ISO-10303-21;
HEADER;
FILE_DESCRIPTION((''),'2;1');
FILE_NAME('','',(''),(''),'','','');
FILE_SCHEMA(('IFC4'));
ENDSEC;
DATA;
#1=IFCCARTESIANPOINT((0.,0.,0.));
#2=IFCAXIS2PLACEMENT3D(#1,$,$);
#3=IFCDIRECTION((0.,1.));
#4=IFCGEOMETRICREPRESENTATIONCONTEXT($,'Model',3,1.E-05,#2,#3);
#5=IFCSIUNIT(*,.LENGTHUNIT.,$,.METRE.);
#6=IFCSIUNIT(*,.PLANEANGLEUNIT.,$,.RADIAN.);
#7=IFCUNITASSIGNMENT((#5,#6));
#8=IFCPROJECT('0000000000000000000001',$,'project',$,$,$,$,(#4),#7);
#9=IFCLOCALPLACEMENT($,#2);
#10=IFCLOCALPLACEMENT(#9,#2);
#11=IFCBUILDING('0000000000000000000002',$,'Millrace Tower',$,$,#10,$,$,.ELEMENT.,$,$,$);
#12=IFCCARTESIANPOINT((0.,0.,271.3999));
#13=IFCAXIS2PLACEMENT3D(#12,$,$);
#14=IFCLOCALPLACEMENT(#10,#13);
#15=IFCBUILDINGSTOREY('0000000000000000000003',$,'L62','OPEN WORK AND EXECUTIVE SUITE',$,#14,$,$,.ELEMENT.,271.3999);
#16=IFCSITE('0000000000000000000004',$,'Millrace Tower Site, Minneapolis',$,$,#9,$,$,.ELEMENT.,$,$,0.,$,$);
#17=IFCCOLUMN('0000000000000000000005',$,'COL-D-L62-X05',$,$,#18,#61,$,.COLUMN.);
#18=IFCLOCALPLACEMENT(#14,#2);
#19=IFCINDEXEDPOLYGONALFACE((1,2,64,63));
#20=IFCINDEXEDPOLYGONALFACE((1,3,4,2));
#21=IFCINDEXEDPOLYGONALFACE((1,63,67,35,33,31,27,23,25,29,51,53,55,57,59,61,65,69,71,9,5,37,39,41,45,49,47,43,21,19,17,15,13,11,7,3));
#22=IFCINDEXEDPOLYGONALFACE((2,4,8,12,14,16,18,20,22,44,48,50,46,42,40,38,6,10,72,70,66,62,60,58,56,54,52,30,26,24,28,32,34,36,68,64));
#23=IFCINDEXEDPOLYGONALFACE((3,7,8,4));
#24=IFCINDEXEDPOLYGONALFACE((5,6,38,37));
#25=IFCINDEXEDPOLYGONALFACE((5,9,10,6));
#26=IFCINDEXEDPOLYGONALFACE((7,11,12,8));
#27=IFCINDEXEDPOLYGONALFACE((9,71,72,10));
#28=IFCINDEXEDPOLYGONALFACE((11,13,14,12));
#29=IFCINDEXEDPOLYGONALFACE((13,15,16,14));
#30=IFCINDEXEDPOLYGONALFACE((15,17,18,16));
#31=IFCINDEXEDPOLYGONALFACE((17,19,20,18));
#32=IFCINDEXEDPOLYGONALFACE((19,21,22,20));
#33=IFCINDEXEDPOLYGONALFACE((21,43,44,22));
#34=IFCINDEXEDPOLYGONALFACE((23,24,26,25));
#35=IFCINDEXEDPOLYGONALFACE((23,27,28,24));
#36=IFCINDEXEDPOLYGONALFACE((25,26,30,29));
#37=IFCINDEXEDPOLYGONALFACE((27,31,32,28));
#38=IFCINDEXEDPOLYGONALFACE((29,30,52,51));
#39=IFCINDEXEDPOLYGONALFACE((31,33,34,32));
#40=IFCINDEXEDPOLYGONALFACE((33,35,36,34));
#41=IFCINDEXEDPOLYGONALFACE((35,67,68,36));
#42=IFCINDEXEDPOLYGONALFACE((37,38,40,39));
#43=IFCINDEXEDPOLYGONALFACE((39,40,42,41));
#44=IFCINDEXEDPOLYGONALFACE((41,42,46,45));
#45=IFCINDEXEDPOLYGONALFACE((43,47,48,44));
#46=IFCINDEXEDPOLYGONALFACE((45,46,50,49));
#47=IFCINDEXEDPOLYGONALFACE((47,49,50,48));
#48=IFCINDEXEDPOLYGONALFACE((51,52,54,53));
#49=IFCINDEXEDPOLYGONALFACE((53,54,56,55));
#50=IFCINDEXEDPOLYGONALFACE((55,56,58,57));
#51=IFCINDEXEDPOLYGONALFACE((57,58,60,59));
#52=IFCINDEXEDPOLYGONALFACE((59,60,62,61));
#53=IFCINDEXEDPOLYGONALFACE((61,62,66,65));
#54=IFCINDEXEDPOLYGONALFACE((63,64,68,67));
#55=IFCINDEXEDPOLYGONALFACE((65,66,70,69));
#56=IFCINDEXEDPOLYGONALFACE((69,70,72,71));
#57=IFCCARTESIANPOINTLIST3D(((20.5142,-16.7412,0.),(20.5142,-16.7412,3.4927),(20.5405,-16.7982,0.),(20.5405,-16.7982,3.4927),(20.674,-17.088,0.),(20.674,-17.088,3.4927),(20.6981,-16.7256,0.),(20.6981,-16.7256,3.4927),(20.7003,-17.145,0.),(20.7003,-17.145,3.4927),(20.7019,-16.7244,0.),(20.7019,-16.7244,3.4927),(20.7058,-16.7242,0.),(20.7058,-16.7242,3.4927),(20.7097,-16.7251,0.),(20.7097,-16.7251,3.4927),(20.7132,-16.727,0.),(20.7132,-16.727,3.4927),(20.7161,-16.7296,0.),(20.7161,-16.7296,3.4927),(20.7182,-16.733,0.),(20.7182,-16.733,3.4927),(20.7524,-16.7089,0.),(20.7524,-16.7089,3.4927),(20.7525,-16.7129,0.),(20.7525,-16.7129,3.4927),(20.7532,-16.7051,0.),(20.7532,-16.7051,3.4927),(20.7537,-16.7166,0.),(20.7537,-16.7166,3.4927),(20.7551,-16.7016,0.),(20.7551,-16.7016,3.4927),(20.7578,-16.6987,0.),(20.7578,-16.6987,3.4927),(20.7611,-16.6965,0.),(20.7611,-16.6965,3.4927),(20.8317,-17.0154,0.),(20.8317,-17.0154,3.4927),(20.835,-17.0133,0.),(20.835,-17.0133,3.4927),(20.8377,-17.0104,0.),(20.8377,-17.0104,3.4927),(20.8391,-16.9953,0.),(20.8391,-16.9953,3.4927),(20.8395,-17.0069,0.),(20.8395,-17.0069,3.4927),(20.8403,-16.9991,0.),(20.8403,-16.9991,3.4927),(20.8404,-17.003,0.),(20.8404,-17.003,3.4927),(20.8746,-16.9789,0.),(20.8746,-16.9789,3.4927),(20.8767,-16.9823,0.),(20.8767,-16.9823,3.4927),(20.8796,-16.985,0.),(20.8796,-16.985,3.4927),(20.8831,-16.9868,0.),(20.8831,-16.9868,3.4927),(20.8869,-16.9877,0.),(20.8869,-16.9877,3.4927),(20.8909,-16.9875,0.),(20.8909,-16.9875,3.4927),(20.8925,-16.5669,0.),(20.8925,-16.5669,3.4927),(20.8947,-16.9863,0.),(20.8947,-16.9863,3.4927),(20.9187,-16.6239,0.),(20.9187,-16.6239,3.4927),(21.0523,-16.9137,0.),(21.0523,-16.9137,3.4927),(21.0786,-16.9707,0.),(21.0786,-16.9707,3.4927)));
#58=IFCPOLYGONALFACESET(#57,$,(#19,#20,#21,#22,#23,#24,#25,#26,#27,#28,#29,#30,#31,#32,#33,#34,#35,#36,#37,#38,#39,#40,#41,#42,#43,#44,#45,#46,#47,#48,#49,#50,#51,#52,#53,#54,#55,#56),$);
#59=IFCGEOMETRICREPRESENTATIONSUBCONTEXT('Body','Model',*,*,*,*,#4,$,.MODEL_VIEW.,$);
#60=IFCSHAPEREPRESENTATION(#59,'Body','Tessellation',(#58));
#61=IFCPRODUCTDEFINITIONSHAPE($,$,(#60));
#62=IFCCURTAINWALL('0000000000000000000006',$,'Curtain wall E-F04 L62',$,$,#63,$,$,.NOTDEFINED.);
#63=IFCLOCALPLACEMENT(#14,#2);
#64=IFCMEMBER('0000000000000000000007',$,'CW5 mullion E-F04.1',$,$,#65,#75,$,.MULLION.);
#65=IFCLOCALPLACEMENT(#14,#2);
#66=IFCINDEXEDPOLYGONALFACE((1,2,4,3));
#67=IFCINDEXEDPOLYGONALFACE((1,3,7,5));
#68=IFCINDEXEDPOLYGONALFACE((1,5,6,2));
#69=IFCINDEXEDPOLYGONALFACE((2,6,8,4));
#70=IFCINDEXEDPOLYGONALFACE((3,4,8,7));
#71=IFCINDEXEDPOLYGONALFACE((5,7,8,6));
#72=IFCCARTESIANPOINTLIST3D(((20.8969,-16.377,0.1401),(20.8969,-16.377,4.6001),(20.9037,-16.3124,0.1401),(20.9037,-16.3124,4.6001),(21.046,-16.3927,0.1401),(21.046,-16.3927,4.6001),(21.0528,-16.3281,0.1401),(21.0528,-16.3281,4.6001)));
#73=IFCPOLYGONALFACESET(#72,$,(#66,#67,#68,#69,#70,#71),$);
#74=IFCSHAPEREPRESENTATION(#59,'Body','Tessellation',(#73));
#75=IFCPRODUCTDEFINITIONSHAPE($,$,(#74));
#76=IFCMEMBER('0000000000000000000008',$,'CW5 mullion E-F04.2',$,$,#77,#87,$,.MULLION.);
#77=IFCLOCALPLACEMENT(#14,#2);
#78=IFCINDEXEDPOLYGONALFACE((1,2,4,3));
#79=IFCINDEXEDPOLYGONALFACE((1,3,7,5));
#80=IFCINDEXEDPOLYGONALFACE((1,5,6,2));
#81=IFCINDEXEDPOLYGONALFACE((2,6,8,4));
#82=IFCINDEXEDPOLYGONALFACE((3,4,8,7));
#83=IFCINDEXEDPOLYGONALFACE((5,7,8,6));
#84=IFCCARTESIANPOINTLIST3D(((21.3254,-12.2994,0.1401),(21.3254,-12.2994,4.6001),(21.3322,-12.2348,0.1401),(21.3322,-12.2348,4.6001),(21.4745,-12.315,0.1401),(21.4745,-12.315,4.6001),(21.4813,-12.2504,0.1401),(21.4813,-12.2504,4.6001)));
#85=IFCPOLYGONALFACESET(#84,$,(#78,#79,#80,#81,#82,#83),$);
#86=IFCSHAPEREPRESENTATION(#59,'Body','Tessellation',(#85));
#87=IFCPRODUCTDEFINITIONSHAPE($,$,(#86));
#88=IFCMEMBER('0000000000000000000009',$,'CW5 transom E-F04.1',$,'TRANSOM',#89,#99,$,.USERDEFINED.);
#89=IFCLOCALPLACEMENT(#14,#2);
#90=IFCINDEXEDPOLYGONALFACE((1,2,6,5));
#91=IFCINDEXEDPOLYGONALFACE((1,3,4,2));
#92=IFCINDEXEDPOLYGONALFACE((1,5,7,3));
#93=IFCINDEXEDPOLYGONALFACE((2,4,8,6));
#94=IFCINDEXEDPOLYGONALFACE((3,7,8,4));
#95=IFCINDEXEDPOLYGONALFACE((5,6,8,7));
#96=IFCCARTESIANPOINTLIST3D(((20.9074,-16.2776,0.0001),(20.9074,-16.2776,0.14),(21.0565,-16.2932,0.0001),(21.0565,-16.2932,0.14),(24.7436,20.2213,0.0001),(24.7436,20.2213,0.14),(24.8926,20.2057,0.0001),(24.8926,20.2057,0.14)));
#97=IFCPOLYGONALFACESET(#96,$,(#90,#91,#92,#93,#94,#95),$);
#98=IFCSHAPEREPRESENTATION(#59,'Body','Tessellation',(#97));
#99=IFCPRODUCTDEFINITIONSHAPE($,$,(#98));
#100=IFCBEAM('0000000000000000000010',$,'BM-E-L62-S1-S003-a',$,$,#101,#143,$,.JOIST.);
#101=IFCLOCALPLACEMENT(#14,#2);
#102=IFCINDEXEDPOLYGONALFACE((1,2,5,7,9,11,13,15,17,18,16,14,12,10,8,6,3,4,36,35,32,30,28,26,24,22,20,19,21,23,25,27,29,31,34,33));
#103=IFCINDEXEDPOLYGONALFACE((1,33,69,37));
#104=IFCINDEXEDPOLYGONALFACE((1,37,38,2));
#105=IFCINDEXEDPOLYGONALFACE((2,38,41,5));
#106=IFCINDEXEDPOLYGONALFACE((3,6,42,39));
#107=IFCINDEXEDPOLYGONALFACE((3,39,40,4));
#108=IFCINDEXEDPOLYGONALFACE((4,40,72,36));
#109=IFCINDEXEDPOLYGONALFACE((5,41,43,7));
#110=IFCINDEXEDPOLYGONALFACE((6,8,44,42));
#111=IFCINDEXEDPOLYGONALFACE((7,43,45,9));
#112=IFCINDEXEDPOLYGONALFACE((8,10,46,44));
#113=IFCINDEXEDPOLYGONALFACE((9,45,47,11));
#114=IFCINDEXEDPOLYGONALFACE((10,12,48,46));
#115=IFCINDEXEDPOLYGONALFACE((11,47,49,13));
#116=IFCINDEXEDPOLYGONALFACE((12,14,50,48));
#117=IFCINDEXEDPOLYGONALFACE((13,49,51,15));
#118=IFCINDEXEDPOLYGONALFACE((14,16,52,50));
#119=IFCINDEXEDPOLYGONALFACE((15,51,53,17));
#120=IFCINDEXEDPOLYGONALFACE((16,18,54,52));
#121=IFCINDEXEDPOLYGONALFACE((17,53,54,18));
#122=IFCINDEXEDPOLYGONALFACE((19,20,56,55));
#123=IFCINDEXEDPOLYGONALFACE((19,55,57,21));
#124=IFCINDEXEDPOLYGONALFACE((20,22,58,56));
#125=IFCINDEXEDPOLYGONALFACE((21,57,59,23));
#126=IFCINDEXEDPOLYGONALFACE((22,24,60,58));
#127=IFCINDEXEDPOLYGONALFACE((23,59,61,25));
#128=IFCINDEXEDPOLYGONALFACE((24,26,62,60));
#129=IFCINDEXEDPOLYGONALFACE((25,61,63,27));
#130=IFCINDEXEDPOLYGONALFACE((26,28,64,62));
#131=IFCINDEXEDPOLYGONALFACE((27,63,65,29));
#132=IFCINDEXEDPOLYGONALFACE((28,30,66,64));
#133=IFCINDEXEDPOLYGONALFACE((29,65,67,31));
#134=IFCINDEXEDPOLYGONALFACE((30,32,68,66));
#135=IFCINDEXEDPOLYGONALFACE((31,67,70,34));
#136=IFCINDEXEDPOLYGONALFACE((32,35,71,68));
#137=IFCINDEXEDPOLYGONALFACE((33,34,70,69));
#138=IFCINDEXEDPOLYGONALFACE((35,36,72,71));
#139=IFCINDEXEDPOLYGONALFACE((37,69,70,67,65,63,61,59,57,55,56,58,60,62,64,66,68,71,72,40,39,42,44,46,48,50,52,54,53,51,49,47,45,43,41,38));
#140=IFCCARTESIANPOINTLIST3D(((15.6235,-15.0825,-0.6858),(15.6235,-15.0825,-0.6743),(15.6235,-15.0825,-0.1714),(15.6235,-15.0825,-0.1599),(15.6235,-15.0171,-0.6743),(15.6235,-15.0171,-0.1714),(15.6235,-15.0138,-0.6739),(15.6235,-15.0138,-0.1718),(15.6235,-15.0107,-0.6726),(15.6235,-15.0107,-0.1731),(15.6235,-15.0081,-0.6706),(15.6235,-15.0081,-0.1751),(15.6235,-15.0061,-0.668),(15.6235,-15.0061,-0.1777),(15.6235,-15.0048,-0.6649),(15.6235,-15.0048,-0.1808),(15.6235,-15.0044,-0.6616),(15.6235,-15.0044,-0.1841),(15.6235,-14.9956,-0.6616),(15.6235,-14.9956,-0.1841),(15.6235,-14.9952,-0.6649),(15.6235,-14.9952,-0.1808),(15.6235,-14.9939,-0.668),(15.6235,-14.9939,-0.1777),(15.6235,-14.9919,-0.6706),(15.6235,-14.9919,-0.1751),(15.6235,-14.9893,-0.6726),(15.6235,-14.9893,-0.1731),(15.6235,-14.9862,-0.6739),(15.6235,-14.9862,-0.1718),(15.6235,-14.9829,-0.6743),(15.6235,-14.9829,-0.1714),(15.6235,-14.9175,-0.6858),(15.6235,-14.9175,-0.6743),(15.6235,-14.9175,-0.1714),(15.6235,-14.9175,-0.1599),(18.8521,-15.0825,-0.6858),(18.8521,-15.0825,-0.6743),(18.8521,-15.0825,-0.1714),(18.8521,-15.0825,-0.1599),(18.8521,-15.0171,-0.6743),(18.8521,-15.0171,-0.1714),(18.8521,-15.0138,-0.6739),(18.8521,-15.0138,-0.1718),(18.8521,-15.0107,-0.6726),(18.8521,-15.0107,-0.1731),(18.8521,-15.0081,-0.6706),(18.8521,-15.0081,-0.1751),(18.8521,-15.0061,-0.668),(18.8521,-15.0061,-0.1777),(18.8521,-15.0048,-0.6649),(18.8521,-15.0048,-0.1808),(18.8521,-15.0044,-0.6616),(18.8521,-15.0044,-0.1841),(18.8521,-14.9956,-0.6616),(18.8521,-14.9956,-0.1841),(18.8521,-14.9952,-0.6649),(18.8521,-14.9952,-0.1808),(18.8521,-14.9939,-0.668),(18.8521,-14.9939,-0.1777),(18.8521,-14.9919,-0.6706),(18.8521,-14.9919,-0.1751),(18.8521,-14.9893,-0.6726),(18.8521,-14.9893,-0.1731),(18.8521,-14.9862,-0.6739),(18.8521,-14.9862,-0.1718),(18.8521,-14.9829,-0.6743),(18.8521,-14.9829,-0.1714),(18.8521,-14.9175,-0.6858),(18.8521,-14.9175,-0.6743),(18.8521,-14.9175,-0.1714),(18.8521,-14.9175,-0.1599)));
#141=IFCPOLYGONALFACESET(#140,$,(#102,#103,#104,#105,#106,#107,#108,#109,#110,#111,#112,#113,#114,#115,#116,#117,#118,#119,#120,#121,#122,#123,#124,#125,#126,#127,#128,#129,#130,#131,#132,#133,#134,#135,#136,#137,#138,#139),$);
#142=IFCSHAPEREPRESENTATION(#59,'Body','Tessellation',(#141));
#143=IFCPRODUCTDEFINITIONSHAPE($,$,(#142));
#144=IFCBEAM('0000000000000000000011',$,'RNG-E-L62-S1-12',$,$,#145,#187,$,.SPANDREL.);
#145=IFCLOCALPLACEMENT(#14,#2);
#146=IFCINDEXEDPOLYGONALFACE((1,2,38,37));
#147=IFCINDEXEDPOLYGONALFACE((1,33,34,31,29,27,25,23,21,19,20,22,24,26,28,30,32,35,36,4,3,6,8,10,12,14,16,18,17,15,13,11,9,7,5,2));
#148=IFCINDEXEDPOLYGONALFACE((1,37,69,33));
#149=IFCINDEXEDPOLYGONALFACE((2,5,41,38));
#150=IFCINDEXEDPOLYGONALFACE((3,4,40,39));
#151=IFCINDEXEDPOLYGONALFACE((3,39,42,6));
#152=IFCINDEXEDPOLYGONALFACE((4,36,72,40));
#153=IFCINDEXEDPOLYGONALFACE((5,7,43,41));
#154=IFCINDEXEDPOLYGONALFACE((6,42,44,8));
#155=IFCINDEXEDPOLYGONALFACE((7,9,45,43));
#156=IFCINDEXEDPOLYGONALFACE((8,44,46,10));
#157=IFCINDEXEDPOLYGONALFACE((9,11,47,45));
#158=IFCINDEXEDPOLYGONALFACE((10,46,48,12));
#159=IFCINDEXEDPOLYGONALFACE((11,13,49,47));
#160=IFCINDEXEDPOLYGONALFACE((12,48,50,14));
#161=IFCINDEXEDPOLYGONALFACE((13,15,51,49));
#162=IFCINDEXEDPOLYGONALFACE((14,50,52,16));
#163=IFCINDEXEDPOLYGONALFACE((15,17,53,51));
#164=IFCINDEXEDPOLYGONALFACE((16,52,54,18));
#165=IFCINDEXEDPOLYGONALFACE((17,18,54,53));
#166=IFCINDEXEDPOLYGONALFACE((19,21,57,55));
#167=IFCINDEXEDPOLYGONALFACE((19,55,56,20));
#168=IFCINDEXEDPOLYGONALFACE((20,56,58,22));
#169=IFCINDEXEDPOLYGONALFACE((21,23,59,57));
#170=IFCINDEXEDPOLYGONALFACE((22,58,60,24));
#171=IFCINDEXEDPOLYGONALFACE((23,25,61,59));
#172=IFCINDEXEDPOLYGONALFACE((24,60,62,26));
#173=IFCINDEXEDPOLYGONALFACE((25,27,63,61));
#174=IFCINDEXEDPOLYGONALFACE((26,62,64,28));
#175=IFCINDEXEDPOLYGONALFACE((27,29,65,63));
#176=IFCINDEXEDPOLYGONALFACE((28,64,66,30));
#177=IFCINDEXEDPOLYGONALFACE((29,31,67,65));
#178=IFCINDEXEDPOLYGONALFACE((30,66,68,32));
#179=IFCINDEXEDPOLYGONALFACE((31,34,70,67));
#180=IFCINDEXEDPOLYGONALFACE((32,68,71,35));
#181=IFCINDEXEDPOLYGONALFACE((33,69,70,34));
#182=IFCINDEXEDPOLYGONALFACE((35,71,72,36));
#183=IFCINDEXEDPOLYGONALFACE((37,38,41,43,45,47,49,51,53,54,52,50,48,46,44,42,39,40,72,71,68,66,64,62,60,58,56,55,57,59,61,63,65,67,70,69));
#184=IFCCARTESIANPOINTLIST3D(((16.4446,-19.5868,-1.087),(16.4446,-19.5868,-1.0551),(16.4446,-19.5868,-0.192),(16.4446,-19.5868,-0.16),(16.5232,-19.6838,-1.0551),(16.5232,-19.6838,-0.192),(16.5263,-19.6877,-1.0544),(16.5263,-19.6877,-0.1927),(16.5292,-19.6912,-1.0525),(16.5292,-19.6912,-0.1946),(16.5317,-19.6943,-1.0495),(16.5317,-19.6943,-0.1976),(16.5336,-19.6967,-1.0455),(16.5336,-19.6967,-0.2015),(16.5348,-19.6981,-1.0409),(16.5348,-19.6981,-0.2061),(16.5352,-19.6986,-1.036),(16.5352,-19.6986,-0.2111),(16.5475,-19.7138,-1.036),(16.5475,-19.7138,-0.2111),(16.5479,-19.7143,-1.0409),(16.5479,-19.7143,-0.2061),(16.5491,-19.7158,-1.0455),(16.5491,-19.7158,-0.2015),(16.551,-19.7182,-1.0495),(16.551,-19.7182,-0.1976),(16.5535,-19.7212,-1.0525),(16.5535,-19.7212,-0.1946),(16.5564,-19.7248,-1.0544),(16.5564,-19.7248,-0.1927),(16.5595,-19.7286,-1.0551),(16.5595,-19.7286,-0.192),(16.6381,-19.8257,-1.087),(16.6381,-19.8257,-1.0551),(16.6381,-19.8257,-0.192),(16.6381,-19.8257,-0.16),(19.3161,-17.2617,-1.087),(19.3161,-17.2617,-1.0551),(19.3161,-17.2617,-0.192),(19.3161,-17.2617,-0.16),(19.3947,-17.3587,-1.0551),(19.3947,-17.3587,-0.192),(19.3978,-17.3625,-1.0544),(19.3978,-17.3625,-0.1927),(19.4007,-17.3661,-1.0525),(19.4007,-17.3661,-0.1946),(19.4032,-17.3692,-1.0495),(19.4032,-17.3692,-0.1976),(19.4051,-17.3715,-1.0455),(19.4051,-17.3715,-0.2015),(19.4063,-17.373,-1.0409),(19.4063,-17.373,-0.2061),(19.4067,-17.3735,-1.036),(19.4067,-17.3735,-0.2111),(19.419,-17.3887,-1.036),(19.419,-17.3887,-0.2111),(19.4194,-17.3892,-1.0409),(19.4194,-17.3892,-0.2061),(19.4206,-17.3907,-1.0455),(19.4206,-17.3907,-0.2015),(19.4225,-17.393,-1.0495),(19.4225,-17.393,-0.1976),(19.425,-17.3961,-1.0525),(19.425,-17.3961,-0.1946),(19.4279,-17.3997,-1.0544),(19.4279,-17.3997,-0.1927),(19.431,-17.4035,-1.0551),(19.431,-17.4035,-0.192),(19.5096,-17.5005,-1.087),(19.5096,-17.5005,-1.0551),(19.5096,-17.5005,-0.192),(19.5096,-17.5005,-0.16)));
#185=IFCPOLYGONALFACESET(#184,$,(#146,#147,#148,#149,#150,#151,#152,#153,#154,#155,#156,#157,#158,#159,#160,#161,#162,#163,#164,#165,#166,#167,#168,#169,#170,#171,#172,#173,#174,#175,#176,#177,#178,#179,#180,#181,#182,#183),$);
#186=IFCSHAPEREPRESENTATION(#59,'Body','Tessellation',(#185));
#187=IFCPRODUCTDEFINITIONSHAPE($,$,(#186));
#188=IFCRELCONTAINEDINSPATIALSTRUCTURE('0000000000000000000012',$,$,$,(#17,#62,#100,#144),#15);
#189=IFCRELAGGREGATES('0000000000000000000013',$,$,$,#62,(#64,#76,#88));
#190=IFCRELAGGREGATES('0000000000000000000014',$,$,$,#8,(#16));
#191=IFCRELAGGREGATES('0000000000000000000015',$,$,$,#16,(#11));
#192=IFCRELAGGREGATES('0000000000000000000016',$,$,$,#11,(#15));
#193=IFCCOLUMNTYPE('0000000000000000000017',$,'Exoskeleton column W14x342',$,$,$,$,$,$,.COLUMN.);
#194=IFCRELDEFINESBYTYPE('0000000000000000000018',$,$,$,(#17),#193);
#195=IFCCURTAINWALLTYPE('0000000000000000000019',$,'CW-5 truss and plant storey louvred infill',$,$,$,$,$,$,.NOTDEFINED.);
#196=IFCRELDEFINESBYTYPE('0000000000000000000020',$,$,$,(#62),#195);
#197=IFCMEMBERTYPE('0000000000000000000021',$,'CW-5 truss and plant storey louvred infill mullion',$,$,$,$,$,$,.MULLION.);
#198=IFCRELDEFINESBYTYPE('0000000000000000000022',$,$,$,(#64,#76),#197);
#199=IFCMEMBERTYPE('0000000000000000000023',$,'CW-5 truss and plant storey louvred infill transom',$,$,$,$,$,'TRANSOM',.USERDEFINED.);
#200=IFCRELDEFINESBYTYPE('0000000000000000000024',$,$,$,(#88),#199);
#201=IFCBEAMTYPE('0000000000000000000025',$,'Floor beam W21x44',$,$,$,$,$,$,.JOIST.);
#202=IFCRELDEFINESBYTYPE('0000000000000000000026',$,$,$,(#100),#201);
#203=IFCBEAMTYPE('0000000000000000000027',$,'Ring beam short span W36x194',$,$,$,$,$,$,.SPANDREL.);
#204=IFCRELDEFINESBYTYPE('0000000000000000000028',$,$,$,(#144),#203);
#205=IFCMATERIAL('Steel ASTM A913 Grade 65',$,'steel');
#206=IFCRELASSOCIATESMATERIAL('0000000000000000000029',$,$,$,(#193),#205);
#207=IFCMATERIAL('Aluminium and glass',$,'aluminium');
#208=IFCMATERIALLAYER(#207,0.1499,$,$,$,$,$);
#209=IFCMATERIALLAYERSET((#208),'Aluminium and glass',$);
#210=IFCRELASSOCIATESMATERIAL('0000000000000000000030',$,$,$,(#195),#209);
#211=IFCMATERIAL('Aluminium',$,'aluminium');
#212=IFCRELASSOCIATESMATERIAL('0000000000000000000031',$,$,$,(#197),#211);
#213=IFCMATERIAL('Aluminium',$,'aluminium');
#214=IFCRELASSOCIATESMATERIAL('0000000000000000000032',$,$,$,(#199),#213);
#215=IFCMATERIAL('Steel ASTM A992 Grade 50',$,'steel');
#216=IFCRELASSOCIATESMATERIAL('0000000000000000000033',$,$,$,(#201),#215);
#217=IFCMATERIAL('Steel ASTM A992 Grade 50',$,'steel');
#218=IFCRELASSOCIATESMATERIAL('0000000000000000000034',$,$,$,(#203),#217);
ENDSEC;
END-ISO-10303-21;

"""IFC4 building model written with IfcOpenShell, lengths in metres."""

from ifc_helpers import new_model, si_unit, direction, frame, origin, origin_2d, place, context, subcontext, project, spatial, rectangle, i_section, extrude, material, layer, layer_set, material_profile, profile_set, type_object, element, aggregate, save


model = new_model("IFC4")

# Units and contexts
model_context = context("Model", 3, precision=1e-05, world=origin(), true_north=direction((0.0, 1.0)))
body_context = subcontext(model_context, "Body", "Model", "MODEL_VIEW")
ifc_project = project(units=[si_unit("LENGTHUNIT", "METRE"), si_unit("PLANEANGLEUNIT", "RADIAN")], contexts=[model_context])

# Site, building, storey
site_placement = place(None, origin())
site = spatial("IfcSite", under=ifc_project, at=site_placement, Name="Millrace Tower Site, Minneapolis", CompositionType="ELEMENT", RefElevation=0.0)
building_placement = place(site_placement, origin())
building = spatial("IfcBuilding", under=site, at=building_placement, Name="Millrace Tower", CompositionType="ELEMENT")
storey_placement = place(building_placement, frame((0.0, 0.0, 271.3999)))
storey = spatial("IfcBuildingStorey", under=building, at=storey_placement, Name="L62", Description="OPEN WORK AND EXECUTIVE SUITE", CompositionType="ELEMENT", Elevation=271.3999)

# Column
ifc_material_1 = material(Name="Steel ASTM A913 Grade 65", Category="steel")
ifc_material_profile_1 = material_profile(ifc_material_1, i_section(OverallWidth=0.4165, OverallDepth=0.4446, WebThickness=0.0391, FlangeThickness=0.0627, FilletRadius=0.0151, at=origin_2d()))
ifc_profile_set_1 = profile_set([ifc_material_profile_1], Name="Steel ASTM A913 Grade 65")
column_type = type_object("IfcColumnType", Name="Exoskeleton column W14x342", PredefinedType="COLUMN", material=ifc_profile_set_1)
column_placement = place(storey_placement, frame((20.7964, -16.856, 0.0), z_axis=(0.0, 0.0, 1.0), x_axis=(0.908192, 0.418553, 0.0)))
element("IfcColumn", 1, at=column_placement, inside=storey, type_object=column_type, Name="COL-D-L62-X05", PredefinedType="COLUMN", context=body_context, shape_type="SweptSolid", body=[
    extrude(i_section(OverallWidth=0.4165, OverallDepth=0.4446, WebThickness=0.0391, FlangeThickness=0.0627, FilletRadius=0.0151, at=origin_2d()), origin(), (0.0, 0.0, 1.0), 3.4927),
])

# Curtain wall, members
ifc_material_2 = material(Name="Aluminium and glass", Category="aluminium")
ifc_layer_1 = layer(ifc_material_2, 0.1499)
ifc_layer_set_1 = layer_set([ifc_layer_1], Name="Aluminium and glass")
curtain_wall_type = type_object("IfcCurtainWallType", Name="CW-5 truss and plant storey louvred infill", PredefinedType="NOTDEFINED", material=ifc_layer_set_1)
curtain_wall_placement = place(storey_placement, origin())
curtain_wall = element("IfcCurtainWall", 2, at=curtain_wall_placement, inside=storey, type_object=curtain_wall_type, Name="Curtain wall E-F04 L62", PredefinedType="NOTDEFINED")
ifc_material_3 = material(Name="Aluminium", Category="aluminium")
ifc_material_profile_2 = material_profile(ifc_material_3, rectangle(XDim=0.0649, YDim=0.1499, at=origin_2d()))
ifc_profile_set_2 = profile_set([ifc_material_profile_2], Name="Aluminium")
member_type_1 = type_object("IfcMemberType", Name="CW-5 truss and plant storey louvred infill mullion", PredefinedType="MULLION", material=ifc_profile_set_2)
member_1_placement = place(storey_placement, frame((20.9749, -16.3525, 0.1401), z_axis=(0.0, 0.0, 1.0), x_axis=(0.104528, 0.994522, 0.0)))
member_1 = element("IfcMember", 3, at=member_1_placement, type_object=member_type_1, Name="CW5 mullion E-F04.1", PredefinedType="MULLION", context=body_context, shape_type="SweptSolid", body=[
    extrude(rectangle(XDim=0.0649, YDim=0.1499, at=origin_2d()), origin(), (0.0, 0.0, 1.0), 4.46),
])
member_2_placement = place(storey_placement, frame((21.4033, -12.2749, 0.1401), z_axis=(0.0, 0.0, 1.0), x_axis=(0.104528, 0.994522, 0.0)))
member_2 = element("IfcMember", 4, at=member_2_placement, type_object=member_type_1, Name="CW5 mullion E-F04.2", PredefinedType="MULLION", context=body_context, shape_type="SweptSolid", body=[
    extrude(rectangle(XDim=0.0649, YDim=0.1499, at=origin_2d()), origin(), (0.0, 0.0, 1.0), 4.46),
])
ifc_material_4 = material(Name="Aluminium", Category="aluminium")
ifc_material_profile_3 = material_profile(ifc_material_4, rectangle(XDim=0.1499, YDim=0.1399, at=origin_2d()))
ifc_profile_set_3 = profile_set([ifc_material_profile_3], Name="Aluminium")
member_type_2 = type_object("IfcMemberType", Name="CW-5 truss and plant storey louvred infill transom", ElementType="TRANSOM", PredefinedType="USERDEFINED", material=ifc_profile_set_3)
member_3_placement = place(storey_placement, frame((20.9819, -16.2854, 0.0701), z_axis=(0.104528, 0.994522, 0.0), x_axis=(-0.994522, 0.104528, 0.0)))
member_3 = element("IfcMember", 5, at=member_3_placement, type_object=member_type_2, Name="CW5 transom E-F04.1", ObjectType="TRANSOM", PredefinedType="USERDEFINED", context=body_context, shape_type="SweptSolid", body=[
    extrude(rectangle(XDim=0.1499, YDim=0.1399, at=origin_2d()), origin(), (0.0, 0.0, 1.0), 36.7),
])
aggregate(curtain_wall, [member_1, member_2, member_3])

# Beams
ifc_material_5 = material(Name="Steel ASTM A992 Grade 50", Category="steel")
ifc_material_profile_4 = material_profile(ifc_material_5, i_section(OverallWidth=0.165, OverallDepth=0.5259, WebThickness=0.0088, FlangeThickness=0.0115, FilletRadius=0.0127, at=origin_2d()))
ifc_profile_set_4 = profile_set([ifc_material_profile_4], Name="Steel ASTM A992 Grade 50")
beam_type_1 = type_object("IfcBeamType", Name="Floor beam W21x44", PredefinedType="JOIST", material=ifc_profile_set_4)
beam_1_placement = place(storey_placement, frame((15.6235, -15.0, -0.4229), z_axis=(1.0, 0.0, 0.0), x_axis=(0.0, 1.0, 0.0)))
element("IfcBeam", 6, at=beam_1_placement, inside=storey, type_object=beam_type_1, Name="BM-E-L62-S1-S003-a", PredefinedType="JOIST", context=body_context, shape_type="SweptSolid", body=[
    extrude(i_section(OverallWidth=0.165, OverallDepth=0.5259, WebThickness=0.0088, FlangeThickness=0.0115, FilletRadius=0.0127, at=origin_2d()), origin(), (0.0, 0.0, 1.0), 3.2285),
])
ifc_material_6 = material(Name="Steel ASTM A992 Grade 50", Category="steel")
ifc_material_profile_5 = material_profile(ifc_material_6, i_section(OverallWidth=0.3074, OverallDepth=0.927, WebThickness=0.0195, FlangeThickness=0.032, FilletRadius=0.019, at=origin_2d()))
ifc_profile_set_5 = profile_set([ifc_material_profile_5], Name="Steel ASTM A992 Grade 50")
beam_type_2 = type_object("IfcBeamType", Name="Ring beam short span W36x194", PredefinedType="SPANDREL", material=ifc_profile_set_5)
beam_2_placement = place(storey_placement, frame((19.4128, -17.3811, -0.6235), z_axis=(-0.777168, -0.629293, 0.0), x_axis=(0.629293, -0.777168, 0.0)))
element("IfcBeam", 7, at=beam_2_placement, inside=storey, type_object=beam_type_2, Name="RNG-E-L62-S1-12", PredefinedType="SPANDREL", context=body_context, shape_type="SweptSolid", body=[
    extrude(i_section(OverallWidth=0.3074, OverallDepth=0.927, WebThickness=0.0195, FlangeThickness=0.032, FilletRadius=0.019, at=origin_2d()), origin(), (0.0, 0.0, 1.0), 3.6948),
])

save(model, "model.ifc")
